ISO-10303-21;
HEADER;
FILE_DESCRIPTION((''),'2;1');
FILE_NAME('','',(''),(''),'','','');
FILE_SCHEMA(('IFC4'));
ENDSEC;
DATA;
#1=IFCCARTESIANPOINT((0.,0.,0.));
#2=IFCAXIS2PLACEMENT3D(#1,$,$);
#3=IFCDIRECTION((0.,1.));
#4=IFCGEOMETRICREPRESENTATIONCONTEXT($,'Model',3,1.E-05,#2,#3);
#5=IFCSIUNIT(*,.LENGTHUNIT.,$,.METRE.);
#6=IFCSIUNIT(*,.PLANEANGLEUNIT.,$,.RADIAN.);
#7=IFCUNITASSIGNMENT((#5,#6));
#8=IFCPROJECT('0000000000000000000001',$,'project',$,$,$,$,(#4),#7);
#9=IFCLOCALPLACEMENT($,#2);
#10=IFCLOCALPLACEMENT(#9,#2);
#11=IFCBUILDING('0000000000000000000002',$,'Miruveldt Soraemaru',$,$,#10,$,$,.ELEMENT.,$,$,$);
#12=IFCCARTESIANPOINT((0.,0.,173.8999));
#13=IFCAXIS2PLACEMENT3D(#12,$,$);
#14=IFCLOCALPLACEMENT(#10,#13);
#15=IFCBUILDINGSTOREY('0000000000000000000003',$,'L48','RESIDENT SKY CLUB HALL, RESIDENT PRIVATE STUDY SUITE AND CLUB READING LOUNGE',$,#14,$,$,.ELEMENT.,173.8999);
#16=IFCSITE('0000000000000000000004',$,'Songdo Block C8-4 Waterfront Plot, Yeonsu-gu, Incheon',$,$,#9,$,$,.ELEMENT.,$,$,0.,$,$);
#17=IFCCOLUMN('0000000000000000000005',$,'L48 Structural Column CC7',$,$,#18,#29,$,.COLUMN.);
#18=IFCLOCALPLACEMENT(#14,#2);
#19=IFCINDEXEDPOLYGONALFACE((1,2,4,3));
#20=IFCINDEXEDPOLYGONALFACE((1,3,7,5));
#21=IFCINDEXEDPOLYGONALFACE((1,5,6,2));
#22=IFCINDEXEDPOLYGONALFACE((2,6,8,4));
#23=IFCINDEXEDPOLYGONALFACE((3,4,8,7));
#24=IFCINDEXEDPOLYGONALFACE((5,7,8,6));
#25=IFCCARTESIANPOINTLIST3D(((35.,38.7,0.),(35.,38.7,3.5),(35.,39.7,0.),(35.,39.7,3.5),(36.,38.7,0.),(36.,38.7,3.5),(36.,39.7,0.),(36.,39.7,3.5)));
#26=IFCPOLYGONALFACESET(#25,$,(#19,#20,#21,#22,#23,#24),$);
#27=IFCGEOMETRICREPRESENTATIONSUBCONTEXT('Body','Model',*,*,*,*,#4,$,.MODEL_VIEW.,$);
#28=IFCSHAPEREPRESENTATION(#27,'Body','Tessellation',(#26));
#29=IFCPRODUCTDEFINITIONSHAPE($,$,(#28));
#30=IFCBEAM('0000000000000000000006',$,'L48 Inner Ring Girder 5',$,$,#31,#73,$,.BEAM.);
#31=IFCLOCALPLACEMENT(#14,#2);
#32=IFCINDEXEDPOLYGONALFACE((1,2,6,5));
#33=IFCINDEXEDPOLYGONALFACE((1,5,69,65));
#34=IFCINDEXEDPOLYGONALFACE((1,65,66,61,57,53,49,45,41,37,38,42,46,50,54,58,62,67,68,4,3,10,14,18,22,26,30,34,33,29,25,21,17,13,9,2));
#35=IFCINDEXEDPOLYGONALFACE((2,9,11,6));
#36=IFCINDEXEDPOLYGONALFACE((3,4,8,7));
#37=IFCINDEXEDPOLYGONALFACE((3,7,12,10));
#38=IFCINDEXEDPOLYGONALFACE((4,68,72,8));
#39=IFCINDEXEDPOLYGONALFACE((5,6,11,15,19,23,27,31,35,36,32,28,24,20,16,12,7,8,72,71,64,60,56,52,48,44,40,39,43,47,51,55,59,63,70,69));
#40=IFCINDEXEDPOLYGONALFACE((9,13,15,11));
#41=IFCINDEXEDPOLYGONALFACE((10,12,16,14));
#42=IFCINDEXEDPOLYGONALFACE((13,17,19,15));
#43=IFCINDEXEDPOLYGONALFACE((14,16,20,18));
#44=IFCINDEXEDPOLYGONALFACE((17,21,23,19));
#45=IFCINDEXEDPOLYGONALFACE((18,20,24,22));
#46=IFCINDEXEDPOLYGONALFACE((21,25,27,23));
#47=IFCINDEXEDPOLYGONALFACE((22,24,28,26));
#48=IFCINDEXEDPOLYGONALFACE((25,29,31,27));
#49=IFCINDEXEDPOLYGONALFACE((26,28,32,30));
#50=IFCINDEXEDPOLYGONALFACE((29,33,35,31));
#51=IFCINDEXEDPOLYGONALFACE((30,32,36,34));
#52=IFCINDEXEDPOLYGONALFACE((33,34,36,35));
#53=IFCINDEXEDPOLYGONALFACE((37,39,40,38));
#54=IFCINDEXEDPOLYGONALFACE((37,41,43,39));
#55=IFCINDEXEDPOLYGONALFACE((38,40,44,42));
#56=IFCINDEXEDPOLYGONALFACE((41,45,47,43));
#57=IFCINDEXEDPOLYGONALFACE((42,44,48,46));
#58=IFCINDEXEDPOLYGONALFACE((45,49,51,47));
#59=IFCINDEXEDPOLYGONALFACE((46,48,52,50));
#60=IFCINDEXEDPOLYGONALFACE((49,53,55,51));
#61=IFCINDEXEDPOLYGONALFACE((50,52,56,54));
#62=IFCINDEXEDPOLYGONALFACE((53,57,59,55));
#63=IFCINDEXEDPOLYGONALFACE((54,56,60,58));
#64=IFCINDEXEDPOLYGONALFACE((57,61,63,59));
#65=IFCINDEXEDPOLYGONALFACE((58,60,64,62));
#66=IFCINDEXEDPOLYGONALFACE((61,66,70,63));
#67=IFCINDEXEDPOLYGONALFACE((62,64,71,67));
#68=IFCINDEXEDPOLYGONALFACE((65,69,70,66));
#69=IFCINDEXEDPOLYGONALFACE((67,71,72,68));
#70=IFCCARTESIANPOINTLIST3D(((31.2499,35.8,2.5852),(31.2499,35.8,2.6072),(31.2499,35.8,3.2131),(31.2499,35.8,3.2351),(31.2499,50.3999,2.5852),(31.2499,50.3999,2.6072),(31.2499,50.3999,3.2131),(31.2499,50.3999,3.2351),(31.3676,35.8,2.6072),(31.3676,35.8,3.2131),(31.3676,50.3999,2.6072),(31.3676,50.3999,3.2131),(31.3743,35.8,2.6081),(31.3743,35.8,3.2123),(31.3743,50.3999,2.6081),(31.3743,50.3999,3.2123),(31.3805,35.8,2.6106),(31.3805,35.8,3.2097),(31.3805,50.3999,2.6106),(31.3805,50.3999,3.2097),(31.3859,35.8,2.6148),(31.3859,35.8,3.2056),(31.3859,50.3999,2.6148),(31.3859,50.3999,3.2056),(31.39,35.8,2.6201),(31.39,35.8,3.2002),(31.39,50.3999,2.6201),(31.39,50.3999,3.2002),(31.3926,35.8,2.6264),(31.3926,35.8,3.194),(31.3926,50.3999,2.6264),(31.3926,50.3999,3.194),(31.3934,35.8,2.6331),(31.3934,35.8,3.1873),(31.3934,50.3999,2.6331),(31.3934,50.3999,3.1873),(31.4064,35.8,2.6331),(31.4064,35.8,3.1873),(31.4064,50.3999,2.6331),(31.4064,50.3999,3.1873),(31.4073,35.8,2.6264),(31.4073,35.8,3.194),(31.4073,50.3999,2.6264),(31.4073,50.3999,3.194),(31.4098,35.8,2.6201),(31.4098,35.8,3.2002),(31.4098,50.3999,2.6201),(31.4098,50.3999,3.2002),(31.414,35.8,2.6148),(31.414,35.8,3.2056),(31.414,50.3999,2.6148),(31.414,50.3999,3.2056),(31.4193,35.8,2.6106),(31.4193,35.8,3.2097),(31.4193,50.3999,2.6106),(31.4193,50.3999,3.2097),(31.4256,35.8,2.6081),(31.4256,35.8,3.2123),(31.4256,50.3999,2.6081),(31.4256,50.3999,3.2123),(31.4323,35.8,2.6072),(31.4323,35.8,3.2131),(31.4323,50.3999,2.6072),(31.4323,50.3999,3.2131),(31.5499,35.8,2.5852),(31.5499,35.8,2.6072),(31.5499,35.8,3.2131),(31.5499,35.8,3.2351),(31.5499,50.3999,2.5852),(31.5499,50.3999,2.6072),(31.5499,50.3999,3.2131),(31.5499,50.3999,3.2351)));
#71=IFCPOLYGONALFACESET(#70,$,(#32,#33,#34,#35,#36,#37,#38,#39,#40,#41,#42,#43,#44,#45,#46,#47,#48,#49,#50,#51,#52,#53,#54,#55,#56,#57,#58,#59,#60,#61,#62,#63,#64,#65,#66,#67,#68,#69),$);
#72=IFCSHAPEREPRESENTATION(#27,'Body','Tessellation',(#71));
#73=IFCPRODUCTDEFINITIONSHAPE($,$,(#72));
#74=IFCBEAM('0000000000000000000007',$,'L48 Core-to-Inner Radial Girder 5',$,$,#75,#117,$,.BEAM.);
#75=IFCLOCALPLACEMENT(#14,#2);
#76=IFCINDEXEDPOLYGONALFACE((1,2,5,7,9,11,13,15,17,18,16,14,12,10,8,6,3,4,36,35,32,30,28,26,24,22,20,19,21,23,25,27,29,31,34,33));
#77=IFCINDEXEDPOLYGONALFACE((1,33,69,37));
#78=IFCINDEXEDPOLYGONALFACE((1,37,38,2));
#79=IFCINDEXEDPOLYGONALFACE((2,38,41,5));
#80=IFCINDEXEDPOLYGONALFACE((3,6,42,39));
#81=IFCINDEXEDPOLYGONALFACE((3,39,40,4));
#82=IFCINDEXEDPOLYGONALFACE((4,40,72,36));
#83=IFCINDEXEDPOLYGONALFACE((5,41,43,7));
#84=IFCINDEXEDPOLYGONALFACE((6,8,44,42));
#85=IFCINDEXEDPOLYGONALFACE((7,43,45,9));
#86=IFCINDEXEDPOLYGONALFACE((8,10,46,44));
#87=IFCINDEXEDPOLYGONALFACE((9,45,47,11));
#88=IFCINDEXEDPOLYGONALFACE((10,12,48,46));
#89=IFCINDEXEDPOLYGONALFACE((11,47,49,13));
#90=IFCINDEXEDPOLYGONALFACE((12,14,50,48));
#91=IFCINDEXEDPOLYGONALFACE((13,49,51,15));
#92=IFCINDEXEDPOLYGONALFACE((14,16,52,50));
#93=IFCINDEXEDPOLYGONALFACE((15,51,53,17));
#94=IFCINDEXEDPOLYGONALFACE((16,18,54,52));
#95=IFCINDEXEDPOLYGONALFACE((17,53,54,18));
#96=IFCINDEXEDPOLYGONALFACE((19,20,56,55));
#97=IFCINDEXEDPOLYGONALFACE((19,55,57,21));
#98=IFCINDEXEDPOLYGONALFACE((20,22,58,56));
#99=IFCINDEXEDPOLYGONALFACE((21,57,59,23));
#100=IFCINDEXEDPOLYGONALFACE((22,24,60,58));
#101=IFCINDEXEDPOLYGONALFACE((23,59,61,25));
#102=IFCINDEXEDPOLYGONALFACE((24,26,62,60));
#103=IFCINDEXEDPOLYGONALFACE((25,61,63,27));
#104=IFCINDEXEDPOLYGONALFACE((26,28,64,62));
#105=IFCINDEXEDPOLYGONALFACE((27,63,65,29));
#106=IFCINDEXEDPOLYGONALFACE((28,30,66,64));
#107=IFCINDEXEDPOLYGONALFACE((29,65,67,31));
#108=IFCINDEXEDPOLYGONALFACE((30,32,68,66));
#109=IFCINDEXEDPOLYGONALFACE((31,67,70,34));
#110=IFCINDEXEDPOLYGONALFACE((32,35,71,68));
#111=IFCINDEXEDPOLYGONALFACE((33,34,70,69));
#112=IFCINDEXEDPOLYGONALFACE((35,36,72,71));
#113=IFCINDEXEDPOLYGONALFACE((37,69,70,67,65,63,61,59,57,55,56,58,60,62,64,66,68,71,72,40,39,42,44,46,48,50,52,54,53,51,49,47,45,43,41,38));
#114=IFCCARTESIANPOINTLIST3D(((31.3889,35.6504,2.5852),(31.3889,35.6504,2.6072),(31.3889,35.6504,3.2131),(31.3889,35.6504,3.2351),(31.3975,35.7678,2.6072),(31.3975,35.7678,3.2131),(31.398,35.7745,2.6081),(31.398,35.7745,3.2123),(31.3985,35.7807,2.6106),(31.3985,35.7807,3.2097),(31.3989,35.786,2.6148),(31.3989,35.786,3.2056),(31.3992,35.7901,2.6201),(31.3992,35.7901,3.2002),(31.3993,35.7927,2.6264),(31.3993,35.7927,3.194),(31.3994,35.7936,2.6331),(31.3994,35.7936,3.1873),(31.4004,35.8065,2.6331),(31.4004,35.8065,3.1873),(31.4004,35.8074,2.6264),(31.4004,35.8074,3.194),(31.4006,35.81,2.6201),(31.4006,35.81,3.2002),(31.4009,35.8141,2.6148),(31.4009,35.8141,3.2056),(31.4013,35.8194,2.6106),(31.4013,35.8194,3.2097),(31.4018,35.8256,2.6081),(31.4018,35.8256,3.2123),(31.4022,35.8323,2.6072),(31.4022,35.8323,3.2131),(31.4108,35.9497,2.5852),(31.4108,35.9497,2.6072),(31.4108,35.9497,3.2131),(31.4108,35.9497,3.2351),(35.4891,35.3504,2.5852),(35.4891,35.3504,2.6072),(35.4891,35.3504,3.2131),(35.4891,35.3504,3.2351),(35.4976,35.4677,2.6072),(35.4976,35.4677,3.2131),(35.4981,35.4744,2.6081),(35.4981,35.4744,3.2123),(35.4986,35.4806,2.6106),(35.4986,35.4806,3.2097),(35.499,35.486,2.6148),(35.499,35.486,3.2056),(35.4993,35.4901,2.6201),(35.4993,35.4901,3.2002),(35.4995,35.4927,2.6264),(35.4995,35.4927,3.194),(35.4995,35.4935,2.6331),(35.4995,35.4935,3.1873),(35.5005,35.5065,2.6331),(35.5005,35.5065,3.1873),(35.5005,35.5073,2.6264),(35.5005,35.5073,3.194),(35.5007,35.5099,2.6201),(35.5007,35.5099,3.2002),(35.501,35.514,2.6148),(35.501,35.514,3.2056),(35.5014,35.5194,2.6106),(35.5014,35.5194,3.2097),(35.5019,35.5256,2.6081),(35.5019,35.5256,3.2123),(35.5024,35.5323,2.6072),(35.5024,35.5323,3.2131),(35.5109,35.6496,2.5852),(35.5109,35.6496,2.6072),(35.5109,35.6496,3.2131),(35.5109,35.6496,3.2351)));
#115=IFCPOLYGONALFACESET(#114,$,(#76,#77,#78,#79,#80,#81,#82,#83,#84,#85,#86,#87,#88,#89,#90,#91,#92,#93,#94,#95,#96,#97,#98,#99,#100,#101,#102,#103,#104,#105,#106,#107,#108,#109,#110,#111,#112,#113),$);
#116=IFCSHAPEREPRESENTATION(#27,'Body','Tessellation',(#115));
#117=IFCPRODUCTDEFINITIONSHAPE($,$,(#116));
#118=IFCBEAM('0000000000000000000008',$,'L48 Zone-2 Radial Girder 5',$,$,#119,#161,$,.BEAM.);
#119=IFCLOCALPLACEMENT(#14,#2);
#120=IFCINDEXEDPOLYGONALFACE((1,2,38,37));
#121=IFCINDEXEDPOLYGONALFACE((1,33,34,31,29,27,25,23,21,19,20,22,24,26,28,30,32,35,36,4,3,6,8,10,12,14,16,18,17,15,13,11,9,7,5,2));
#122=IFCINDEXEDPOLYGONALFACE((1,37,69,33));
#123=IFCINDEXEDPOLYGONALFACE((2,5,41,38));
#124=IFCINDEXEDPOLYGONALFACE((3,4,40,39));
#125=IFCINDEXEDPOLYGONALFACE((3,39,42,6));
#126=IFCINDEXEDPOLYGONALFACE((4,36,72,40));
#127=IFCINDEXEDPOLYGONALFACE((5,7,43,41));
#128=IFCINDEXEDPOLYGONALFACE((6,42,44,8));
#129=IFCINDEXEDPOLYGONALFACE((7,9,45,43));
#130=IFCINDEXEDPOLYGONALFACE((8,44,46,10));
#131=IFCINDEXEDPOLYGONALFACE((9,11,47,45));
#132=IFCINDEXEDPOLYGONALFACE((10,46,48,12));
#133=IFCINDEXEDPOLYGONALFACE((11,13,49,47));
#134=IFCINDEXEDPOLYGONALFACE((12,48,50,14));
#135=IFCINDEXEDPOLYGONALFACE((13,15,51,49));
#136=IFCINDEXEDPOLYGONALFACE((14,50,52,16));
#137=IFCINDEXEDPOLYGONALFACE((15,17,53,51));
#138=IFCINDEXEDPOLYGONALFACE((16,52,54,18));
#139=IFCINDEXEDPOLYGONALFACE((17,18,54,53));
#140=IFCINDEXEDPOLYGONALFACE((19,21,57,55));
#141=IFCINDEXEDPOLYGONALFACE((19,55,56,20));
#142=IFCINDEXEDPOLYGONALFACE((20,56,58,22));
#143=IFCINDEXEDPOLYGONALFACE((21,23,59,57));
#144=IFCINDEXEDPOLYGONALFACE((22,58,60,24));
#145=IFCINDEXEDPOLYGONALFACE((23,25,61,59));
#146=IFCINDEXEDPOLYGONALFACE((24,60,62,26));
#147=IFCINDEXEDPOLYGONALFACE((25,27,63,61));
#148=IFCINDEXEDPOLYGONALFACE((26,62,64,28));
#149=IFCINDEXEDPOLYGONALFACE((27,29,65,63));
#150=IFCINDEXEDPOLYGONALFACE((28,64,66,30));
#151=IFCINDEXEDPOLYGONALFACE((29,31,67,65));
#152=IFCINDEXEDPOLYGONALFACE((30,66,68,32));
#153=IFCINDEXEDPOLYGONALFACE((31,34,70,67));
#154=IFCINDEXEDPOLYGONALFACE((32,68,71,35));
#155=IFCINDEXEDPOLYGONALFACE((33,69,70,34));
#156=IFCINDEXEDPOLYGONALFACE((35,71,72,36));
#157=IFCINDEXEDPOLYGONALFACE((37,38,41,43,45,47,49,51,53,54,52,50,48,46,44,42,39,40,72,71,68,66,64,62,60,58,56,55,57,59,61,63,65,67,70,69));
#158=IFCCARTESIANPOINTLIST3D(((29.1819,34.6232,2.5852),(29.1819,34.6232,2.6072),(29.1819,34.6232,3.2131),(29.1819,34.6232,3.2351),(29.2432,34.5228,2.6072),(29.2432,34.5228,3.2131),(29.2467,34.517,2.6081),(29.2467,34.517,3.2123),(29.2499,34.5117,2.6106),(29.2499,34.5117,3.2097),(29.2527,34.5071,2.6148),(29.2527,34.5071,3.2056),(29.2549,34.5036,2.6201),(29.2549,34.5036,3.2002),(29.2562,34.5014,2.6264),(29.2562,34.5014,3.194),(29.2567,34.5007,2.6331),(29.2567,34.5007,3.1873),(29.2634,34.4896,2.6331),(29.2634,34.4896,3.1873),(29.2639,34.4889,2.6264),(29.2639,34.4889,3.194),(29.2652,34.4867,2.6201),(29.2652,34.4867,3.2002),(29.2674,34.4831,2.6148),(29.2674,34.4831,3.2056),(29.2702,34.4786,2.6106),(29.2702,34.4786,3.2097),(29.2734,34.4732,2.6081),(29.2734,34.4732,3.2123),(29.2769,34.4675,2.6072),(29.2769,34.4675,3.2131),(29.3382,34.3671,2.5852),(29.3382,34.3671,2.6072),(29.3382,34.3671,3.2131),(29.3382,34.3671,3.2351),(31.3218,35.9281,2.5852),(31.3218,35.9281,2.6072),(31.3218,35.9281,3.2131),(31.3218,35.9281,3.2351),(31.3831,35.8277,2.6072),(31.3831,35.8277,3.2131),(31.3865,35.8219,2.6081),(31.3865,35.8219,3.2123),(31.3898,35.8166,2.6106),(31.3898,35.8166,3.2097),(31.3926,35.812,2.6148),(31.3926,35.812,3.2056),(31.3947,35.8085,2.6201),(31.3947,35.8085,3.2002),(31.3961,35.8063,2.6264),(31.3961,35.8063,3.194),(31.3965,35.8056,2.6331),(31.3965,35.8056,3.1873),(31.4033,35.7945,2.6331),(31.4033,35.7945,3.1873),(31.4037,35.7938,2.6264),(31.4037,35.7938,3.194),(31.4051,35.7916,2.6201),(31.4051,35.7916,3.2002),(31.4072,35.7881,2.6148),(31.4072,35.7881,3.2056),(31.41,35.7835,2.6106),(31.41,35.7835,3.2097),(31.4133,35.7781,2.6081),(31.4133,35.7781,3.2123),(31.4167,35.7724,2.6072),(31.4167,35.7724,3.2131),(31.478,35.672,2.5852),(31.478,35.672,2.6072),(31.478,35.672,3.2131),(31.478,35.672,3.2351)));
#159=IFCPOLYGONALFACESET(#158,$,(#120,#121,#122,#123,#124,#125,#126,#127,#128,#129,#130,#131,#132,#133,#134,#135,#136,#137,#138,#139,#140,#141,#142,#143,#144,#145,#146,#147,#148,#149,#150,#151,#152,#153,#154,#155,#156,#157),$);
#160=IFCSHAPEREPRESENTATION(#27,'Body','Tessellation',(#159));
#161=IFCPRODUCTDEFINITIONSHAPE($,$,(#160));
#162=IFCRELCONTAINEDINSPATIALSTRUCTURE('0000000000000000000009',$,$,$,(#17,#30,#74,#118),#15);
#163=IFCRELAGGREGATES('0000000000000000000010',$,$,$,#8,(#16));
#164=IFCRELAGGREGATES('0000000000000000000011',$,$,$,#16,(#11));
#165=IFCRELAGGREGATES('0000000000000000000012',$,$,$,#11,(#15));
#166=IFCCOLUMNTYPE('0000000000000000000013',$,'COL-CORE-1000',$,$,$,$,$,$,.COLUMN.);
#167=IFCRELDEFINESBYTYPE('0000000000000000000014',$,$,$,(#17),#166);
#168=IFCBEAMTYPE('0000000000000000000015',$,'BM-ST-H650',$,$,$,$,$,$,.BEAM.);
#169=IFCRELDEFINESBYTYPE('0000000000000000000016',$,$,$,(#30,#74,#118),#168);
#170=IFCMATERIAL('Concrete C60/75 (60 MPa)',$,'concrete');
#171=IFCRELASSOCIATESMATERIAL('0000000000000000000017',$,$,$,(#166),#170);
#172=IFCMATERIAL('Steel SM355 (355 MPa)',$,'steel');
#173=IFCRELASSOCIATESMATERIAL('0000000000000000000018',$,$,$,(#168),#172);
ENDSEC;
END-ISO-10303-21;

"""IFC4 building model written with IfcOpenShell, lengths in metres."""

from ifc_helpers import new_model, si_unit, direction, frame, origin, origin_2d, place, context, subcontext, project, spatial, rectangle, i_section, extrude, material, material_profile, profile_set, type_object, element, save


model = new_model("IFC4")

# Units and contexts
model_context = context("Model", 3, precision=1e-05, world=origin(), true_north=direction((0.0, 1.0)))
body_context = subcontext(model_context, "Body", "Model", "MODEL_VIEW")
ifc_project = project(units=[si_unit("LENGTHUNIT", "METRE"), si_unit("PLANEANGLEUNIT", "RADIAN")], contexts=[model_context])

# Site, building, storey
site_placement = place(None, origin())
site = spatial("IfcSite", under=ifc_project, at=site_placement, Name="Songdo Block C8-4 Waterfront Plot, Yeonsu-gu, Incheon", CompositionType="ELEMENT", RefElevation=0.0)
building_placement = place(site_placement, origin())
building = spatial("IfcBuilding", under=site, at=building_placement, Name="Miruveldt Soraemaru", CompositionType="ELEMENT")
storey_placement = place(building_placement, frame((0.0, 0.0, 173.8999)))
storey = spatial("IfcBuildingStorey", under=building, at=storey_placement, Name="L48", Description="RESIDENT SKY CLUB HALL, RESIDENT PRIVATE STUDY SUITE AND CLUB READING LOUNGE", CompositionType="ELEMENT", Elevation=173.8999)

# Column
ifc_material_1 = material(Name="Concrete C60/75 (60 MPa)", Category="concrete")
ifc_material_profile_1 = material_profile(ifc_material_1, rectangle(XDim=1.0, YDim=1.0, at=origin_2d()), Name="Concrete C60/75 (60 MPa)", Category="concrete")
ifc_profile_set_1 = profile_set([ifc_material_profile_1], Name="Concrete C60/75 (60 MPa)")
column_type = type_object("IfcColumnType", Name="COL-CORE-1000", PredefinedType="COLUMN", material=ifc_profile_set_1)
column_placement = place(storey_placement, frame((35.5, 39.2, 0.0), z_axis=(0.0, 0.0, 1.0), x_axis=(1.0, 0.0, 0.0)))
element("IfcColumn", 1, at=column_placement, inside=storey, type_object=column_type, Name="L48 Structural Column CC7", PredefinedType="COLUMN", context=body_context, shape_type="SweptSolid", body=[
    extrude(rectangle(XDim=1.0, YDim=1.0, at=origin_2d()), origin(), (0.0, 0.0, 1.0), 3.5),
])

# Beams
ifc_material_2 = material(Name="Steel SM355 (355 MPa)", Category="steel")
ifc_material_profile_2 = material_profile(ifc_material_2, i_section(OverallWidth=0.3, OverallDepth=0.6499, WebThickness=0.0129, FlangeThickness=0.022, FilletRadius=0.0259, at=origin_2d()), Name="Steel SM355 (355 MPa)", Category="steel")
ifc_profile_set_2 = profile_set([ifc_material_profile_2], Name="Steel SM355 (355 MPa)")
beam_type_1 = type_object("IfcBeamType", Name="BM-ST-H650", PredefinedType="BEAM", material=ifc_profile_set_2)
beam_1_placement = place(storey_placement, frame((31.3999, 35.8, 2.9102), z_axis=(0.0, 1.0, 0.0), x_axis=(-1.0, 0.0, 0.0)))
element("IfcBeam", 2, at=beam_1_placement, inside=storey, type_object=beam_type_1, Name="L48 Inner Ring Girder 5", PredefinedType="BEAM", context=body_context, shape_type="SweptSolid", body=[
    extrude(i_section(OverallWidth=0.3, OverallDepth=0.6499, WebThickness=0.0129, FlangeThickness=0.022, FilletRadius=0.0259, at=origin_2d()), origin(), (0.0, 0.0, 1.0), 14.5999),
])
beam_2_placement = place(storey_placement, frame((35.5, 35.5, 2.9102), z_axis=(-0.997333, 0.072986, 0.0), x_axis=(-0.072986, -0.997333, 0.0)))
element("IfcBeam", 3, at=beam_2_placement, inside=storey, type_object=beam_type_1, Name="L48 Core-to-Inner Radial Girder 5", PredefinedType="BEAM", context=body_context, shape_type="SweptSolid", body=[
    extrude(i_section(OverallWidth=0.3, OverallDepth=0.6499, WebThickness=0.0129, FlangeThickness=0.022, FilletRadius=0.0259, at=origin_2d()), origin(), (0.0, 0.0, 1.0), 4.1111),
])
beam_3_placement = place(storey_placement, frame((31.3999, 35.8, 2.9102), z_axis=(-0.853775, -0.520642, 0.0), x_axis=(0.520642, -0.853775, 0.0)))
element("IfcBeam", 4, at=beam_3_placement, inside=storey, type_object=beam_type_1, Name="L48 Zone-2 Radial Girder 5", PredefinedType="BEAM", context=body_context, shape_type="SweptSolid", body=[
    extrude(i_section(OverallWidth=0.3, OverallDepth=0.6499, WebThickness=0.0129, FlangeThickness=0.022, FilletRadius=0.0259, at=origin_2d()), origin(), (0.0, 0.0, 1.0), 2.5063),
])

save(model, "model.ifc")
